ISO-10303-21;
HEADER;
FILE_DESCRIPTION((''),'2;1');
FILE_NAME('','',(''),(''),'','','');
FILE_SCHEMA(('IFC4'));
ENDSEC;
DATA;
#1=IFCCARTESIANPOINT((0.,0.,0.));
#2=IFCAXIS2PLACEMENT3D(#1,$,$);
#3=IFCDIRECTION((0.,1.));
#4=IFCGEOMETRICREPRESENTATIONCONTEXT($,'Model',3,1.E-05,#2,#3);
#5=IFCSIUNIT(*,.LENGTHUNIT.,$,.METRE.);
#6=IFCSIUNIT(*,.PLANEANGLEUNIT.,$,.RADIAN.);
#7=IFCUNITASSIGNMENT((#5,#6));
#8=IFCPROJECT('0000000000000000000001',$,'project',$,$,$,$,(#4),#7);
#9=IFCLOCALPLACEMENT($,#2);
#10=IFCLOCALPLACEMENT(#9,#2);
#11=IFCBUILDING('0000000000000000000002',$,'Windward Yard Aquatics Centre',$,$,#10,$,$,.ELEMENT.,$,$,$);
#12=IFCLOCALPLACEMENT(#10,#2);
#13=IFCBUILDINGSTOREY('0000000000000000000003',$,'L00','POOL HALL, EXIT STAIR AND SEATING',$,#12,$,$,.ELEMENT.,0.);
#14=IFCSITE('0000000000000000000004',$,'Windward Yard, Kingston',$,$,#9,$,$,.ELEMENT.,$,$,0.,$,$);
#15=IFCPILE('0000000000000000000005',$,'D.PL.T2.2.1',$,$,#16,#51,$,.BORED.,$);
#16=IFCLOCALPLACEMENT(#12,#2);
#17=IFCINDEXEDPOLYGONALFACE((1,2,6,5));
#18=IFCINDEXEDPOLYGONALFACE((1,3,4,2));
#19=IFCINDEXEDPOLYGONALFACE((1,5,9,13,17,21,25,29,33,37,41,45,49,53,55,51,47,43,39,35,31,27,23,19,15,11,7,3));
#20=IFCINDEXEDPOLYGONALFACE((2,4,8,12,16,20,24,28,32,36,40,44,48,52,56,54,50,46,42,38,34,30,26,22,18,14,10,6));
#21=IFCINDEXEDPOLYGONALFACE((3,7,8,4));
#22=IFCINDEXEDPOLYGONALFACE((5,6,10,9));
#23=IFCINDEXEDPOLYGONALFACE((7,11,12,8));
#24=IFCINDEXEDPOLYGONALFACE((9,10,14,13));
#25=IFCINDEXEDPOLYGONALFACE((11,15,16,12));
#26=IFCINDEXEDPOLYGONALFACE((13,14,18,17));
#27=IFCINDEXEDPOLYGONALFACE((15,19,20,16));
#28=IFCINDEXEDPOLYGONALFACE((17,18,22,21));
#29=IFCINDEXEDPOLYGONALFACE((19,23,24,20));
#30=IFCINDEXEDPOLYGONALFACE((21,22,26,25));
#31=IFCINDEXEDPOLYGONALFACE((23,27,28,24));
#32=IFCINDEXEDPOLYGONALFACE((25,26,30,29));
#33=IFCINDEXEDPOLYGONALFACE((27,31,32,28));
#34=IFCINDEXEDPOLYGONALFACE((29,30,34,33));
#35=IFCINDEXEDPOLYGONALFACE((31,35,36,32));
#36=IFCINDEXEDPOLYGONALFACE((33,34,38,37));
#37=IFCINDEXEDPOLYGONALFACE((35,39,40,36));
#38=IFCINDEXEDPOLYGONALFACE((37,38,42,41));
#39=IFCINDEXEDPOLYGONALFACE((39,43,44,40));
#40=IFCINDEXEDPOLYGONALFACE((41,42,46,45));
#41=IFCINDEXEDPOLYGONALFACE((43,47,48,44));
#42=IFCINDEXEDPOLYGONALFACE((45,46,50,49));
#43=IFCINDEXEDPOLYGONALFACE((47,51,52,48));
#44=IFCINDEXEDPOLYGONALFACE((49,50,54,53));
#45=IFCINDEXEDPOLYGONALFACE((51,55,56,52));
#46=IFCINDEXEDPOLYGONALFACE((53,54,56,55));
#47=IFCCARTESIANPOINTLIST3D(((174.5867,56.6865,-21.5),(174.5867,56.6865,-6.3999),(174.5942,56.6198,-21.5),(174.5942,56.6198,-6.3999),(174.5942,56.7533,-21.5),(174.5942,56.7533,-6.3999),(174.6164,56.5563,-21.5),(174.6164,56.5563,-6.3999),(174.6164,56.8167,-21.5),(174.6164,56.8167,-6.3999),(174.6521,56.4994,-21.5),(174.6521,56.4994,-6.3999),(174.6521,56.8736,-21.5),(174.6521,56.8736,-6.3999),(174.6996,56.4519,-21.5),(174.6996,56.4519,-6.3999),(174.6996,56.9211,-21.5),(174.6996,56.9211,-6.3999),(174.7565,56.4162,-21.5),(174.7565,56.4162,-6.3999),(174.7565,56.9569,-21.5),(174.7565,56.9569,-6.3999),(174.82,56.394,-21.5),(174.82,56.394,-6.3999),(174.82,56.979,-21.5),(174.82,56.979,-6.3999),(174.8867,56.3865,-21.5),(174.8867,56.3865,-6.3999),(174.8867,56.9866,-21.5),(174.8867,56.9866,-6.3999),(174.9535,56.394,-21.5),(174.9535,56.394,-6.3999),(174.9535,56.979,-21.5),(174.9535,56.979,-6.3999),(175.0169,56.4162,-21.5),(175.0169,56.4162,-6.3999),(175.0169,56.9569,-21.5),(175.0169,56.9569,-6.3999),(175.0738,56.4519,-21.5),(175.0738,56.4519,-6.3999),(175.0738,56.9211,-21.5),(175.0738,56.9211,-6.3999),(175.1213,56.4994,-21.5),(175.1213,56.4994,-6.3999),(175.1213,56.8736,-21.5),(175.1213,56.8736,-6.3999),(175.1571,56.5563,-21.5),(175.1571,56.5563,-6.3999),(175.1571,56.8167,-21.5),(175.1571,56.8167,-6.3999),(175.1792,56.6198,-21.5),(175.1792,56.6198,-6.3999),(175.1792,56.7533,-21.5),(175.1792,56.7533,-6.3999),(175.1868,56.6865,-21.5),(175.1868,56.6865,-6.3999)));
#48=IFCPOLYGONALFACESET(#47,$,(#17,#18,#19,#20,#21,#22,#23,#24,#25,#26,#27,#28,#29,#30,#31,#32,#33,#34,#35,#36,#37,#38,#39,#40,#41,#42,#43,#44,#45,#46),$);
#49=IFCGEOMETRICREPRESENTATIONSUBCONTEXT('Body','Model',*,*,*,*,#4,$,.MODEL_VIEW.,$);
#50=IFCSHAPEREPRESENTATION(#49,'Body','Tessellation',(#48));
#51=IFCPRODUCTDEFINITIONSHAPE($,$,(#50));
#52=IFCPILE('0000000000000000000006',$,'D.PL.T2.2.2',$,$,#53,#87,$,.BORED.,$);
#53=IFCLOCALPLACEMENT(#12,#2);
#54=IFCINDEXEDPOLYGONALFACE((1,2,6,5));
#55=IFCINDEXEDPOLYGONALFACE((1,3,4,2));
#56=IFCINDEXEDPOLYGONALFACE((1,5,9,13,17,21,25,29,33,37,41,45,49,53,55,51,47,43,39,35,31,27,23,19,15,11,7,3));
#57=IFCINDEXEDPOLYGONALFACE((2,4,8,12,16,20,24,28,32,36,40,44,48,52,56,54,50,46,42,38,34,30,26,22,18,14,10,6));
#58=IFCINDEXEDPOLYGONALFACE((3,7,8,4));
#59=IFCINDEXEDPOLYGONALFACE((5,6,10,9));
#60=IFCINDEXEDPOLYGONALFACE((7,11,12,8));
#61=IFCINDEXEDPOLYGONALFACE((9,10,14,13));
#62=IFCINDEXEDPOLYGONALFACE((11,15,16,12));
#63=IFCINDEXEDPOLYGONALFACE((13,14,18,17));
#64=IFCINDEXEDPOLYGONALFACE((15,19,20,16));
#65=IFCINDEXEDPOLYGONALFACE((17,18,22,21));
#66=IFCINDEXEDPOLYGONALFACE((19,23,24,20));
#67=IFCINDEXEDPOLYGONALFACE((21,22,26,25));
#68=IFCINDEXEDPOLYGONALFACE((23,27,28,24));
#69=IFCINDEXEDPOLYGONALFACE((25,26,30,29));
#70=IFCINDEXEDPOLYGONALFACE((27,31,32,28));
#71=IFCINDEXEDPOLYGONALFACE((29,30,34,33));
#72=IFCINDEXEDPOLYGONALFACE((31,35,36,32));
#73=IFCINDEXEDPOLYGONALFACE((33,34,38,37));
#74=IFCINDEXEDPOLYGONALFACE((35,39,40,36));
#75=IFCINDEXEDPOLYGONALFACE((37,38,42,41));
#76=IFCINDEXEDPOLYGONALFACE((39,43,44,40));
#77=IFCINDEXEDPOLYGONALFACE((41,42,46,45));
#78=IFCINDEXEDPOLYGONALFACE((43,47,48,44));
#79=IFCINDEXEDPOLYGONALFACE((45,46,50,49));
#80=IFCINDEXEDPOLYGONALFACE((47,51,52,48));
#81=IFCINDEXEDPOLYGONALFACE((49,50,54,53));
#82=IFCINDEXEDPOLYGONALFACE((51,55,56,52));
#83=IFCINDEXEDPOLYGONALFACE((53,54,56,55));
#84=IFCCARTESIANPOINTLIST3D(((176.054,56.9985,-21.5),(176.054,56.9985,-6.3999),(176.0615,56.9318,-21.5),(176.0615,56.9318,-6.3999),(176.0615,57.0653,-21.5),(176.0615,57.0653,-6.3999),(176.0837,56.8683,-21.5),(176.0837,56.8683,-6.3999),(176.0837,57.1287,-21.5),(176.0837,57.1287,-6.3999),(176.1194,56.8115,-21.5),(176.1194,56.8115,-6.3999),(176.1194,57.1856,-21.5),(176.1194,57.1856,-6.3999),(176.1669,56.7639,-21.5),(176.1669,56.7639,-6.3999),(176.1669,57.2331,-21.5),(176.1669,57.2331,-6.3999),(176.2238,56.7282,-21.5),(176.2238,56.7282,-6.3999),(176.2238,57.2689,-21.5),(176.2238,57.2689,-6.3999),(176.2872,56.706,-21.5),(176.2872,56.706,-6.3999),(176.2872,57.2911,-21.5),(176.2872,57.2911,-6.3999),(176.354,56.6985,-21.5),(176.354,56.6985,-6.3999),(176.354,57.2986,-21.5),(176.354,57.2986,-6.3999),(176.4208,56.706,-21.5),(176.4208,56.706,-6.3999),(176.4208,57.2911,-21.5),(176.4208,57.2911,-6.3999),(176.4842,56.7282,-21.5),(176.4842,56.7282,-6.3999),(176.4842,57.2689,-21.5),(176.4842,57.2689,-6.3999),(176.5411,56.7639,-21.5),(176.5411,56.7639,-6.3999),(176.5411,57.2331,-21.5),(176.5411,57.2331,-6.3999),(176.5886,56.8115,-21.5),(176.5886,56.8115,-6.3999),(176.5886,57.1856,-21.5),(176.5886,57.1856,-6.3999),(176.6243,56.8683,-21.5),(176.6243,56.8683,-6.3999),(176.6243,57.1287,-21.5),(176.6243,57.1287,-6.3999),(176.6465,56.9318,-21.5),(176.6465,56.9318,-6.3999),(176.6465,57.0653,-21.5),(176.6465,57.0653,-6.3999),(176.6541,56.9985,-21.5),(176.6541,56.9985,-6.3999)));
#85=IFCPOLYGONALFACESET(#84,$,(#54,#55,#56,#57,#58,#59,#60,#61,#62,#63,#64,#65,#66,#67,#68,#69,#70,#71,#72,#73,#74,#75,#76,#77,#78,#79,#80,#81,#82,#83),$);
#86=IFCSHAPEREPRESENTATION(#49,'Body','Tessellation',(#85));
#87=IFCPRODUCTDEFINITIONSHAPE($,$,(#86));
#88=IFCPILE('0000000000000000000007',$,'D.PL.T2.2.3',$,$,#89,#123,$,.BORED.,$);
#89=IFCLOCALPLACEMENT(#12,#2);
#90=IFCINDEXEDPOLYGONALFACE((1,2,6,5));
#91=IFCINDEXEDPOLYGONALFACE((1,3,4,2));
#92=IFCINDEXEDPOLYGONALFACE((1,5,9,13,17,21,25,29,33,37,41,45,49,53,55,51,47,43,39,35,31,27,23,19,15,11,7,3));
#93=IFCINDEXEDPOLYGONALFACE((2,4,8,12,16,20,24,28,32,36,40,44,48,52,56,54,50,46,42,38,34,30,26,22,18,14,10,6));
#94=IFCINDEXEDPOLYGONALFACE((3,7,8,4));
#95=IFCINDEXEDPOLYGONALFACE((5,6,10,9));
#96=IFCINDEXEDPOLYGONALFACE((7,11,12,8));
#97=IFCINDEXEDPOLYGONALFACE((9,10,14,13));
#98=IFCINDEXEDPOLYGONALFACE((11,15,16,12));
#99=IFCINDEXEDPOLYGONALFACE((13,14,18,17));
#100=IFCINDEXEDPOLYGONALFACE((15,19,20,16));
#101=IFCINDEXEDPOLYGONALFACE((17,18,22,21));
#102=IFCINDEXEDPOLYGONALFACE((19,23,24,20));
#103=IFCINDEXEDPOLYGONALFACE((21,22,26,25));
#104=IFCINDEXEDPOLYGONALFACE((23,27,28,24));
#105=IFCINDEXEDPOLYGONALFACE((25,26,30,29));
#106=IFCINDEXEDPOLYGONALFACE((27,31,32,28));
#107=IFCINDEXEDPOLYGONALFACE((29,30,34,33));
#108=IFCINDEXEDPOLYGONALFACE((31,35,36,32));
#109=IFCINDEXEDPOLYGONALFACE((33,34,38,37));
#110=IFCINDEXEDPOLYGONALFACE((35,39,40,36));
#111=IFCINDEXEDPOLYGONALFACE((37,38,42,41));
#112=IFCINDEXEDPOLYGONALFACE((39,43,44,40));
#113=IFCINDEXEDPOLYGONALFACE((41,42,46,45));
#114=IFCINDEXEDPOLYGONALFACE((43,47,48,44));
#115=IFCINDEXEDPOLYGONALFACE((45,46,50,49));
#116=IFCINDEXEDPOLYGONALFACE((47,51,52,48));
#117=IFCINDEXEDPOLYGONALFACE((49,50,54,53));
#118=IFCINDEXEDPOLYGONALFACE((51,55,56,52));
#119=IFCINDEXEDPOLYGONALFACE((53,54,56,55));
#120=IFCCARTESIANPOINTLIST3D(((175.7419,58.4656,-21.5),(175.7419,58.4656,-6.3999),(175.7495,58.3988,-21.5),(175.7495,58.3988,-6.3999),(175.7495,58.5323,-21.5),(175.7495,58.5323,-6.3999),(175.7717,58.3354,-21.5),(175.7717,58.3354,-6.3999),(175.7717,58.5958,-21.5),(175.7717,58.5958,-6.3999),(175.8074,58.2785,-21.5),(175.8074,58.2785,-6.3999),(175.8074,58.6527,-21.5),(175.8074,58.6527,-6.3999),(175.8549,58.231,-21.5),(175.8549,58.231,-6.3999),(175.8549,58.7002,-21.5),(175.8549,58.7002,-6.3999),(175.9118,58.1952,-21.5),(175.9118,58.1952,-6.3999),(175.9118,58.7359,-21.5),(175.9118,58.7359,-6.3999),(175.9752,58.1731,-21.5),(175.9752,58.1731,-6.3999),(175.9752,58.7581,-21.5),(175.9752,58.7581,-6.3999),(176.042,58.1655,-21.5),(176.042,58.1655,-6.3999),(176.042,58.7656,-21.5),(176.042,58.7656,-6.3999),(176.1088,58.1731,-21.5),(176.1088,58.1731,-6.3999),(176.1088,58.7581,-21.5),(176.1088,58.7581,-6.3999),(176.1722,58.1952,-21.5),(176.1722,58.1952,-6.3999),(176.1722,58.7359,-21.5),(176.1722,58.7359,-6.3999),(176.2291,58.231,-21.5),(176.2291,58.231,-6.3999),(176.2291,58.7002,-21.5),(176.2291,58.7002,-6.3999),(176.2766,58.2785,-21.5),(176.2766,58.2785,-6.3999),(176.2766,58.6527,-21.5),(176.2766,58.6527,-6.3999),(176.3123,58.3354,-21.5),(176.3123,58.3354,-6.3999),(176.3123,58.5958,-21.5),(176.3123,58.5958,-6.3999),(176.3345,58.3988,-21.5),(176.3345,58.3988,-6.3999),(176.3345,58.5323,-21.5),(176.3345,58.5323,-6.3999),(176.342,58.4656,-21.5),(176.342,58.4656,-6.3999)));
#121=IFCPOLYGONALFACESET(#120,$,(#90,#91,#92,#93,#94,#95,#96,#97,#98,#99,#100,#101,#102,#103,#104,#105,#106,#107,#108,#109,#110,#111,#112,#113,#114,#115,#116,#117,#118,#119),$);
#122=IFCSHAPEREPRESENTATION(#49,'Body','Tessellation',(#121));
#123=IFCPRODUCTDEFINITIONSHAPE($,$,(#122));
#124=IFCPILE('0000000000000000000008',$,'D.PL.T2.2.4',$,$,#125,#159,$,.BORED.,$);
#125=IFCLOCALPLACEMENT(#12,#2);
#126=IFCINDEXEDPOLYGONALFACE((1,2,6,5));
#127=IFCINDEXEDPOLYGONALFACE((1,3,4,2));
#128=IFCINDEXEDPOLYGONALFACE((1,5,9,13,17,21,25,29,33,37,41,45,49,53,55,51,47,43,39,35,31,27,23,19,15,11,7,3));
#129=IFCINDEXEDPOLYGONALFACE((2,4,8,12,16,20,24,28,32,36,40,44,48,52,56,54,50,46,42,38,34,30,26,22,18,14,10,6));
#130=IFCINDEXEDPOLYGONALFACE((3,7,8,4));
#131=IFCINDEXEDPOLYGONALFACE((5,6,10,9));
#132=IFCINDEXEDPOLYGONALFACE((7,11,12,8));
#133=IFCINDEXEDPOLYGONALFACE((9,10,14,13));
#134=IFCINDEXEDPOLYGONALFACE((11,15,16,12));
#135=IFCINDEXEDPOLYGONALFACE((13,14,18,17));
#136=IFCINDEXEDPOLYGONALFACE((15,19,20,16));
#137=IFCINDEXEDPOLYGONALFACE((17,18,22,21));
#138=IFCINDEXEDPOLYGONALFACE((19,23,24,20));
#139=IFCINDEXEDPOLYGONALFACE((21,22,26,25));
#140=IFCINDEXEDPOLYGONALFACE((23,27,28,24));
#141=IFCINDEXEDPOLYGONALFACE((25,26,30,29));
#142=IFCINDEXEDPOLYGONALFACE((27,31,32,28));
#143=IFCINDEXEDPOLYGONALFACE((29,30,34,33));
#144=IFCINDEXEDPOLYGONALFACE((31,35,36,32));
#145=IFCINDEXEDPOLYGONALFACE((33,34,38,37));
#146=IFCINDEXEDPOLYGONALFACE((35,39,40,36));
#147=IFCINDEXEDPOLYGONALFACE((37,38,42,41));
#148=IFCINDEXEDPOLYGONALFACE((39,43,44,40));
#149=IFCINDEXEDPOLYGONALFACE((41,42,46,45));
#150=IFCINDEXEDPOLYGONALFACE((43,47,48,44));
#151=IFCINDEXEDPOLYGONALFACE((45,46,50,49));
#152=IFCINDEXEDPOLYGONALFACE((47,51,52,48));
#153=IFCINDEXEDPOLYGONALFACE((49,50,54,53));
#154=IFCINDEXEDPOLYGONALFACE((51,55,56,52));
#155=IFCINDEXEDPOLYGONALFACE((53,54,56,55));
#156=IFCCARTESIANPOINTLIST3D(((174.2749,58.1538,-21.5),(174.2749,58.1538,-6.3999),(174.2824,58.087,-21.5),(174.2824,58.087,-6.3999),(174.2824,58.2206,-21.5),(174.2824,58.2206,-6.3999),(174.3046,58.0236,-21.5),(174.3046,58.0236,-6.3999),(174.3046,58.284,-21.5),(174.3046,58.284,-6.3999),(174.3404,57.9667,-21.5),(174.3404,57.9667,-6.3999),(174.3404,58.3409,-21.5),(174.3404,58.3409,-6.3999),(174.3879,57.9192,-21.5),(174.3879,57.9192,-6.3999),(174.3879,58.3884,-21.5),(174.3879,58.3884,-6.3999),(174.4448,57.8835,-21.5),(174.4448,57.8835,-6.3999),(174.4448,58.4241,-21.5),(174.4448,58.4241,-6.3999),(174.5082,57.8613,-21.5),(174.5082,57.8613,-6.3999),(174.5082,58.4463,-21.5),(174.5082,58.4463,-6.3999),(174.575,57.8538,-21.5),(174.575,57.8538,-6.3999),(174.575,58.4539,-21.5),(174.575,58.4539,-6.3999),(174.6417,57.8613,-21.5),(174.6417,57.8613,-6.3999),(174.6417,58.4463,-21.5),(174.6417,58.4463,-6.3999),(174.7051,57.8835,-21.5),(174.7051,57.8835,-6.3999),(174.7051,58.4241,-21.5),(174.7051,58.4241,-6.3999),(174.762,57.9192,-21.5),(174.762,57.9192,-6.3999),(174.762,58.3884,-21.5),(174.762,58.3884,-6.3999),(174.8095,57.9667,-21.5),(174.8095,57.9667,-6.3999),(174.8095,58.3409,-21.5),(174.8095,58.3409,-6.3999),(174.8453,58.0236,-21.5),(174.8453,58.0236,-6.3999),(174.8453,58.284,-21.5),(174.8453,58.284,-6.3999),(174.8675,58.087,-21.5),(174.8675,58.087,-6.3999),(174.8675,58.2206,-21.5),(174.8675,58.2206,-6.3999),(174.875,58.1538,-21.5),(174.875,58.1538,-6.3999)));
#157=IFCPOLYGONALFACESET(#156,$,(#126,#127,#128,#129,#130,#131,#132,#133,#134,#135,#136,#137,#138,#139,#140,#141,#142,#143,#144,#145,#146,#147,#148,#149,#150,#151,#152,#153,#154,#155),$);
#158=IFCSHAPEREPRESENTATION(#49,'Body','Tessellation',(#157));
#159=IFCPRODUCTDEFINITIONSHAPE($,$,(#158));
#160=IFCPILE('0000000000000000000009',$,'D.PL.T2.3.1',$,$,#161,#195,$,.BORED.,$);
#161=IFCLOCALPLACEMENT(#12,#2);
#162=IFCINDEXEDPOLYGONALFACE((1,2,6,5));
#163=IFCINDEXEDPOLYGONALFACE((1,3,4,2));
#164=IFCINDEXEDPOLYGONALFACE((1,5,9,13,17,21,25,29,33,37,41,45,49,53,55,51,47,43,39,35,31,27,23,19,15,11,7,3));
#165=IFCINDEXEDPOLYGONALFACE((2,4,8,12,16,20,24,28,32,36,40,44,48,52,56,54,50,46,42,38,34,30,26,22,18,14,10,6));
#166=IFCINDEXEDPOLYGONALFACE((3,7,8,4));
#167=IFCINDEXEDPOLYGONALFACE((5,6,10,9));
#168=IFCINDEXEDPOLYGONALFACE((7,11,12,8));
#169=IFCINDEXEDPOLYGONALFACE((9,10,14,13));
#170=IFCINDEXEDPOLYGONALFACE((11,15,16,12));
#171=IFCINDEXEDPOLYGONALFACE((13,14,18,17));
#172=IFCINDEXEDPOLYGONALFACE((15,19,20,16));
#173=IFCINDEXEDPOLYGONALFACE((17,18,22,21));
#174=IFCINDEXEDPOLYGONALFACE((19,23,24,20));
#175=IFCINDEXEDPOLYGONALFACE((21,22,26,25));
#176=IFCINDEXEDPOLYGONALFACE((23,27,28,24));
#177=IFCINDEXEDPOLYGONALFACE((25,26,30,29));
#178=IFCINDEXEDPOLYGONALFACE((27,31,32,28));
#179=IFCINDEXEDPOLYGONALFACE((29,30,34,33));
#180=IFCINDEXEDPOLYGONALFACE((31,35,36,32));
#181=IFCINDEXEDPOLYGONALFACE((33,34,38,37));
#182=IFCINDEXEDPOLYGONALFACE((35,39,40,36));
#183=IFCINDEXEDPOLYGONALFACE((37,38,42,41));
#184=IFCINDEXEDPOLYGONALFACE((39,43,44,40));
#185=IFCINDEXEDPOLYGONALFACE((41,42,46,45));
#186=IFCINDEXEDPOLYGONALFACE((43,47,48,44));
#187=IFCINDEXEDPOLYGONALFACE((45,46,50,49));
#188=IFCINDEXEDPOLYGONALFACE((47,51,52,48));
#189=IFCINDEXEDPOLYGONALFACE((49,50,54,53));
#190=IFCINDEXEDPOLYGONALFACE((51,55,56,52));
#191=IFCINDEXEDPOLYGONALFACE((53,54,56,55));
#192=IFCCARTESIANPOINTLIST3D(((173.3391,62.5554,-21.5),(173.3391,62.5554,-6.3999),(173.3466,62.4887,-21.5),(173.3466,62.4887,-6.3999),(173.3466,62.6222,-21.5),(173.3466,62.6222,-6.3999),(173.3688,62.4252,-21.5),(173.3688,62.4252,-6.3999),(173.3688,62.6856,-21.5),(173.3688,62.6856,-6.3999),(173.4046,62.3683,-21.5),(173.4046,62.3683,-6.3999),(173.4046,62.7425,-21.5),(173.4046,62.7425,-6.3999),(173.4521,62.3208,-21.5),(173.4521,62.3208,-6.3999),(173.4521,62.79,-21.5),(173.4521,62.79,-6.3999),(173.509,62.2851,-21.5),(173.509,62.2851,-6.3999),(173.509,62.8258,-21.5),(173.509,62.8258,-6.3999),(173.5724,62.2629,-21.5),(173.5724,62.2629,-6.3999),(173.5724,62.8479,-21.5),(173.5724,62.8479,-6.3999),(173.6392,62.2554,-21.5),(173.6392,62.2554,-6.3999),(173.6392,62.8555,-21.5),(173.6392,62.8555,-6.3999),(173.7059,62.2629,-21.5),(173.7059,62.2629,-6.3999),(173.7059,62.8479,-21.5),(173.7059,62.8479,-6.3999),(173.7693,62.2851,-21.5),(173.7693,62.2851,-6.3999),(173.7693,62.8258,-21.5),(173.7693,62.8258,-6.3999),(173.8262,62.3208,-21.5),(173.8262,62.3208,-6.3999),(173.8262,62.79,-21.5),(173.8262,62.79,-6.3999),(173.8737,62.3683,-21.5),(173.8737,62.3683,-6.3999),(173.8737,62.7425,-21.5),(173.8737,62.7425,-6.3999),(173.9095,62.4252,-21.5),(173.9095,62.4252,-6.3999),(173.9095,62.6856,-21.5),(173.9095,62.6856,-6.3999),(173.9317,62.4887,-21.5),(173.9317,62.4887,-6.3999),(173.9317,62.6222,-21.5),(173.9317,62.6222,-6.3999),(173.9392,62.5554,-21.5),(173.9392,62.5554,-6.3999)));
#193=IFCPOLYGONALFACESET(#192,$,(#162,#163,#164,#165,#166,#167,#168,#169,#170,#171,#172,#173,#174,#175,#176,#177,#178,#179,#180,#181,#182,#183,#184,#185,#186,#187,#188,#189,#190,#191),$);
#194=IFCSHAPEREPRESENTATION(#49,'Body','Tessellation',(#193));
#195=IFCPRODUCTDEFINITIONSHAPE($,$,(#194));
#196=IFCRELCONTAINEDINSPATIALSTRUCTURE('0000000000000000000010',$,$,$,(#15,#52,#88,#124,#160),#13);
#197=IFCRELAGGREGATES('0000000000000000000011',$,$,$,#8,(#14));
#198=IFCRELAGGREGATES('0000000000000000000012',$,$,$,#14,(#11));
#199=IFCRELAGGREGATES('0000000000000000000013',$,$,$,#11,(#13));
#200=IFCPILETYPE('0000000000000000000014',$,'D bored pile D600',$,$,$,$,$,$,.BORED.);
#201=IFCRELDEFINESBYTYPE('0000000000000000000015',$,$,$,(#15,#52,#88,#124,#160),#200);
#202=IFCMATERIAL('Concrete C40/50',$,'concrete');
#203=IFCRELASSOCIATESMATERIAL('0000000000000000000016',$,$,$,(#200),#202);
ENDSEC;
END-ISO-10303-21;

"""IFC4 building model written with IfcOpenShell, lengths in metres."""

from ifc_helpers import new_model, si_unit, direction, frame, origin, origin_2d, place, context, subcontext, project, spatial, circle, extrude, material, material_profile, profile_set, type_object, element, save


model = new_model("IFC4")

# Units and contexts
model_context = context("Model", 3, precision=1e-05, world=origin(), true_north=direction((0.0, 1.0)))
body_context = subcontext(model_context, "Body", "Model", "MODEL_VIEW")
ifc_project = project(units=[si_unit("LENGTHUNIT", "METRE"), si_unit("PLANEANGLEUNIT", "RADIAN")], contexts=[model_context])

# Site, building, storey
site_placement = place(None, origin())
site = spatial("IfcSite", under=ifc_project, at=site_placement, Name="Windward Yard, Kingston", CompositionType="ELEMENT", RefElevation=0.0)
building_placement = place(site_placement, origin())
building = spatial("IfcBuilding", under=site, at=building_placement, Name="Windward Yard Aquatics Centre", CompositionType="ELEMENT")
storey_placement = place(building_placement, origin())
storey = spatial("IfcBuildingStorey", under=building, at=storey_placement, Name="L00", Description="POOL HALL, EXIT STAIR AND SEATING", CompositionType="ELEMENT", Elevation=0.0)

# Piles
ifc_material_1 = material(Name="Concrete C40/50", Category="concrete")
ifc_material_profile_1 = material_profile(ifc_material_1, circle(Radius=0.3, at=origin_2d()), Name="RC D600")
ifc_profile_set_1 = profile_set([ifc_material_profile_1], Name="Concrete C40/50")
pile_type = type_object("IfcPileType", Name="D bored pile D600", PredefinedType="BORED", material=ifc_profile_set_1)
for number, where, z_axis, x_axis, name in (
    (1, (174.8867, 56.6865, -6.3999), (0.0, 0.0, -1.0), (1.0, 0.0, 0.0), "D.PL.T2.2.1"),
    (2, (176.354, 56.9985, -6.3999), (0.0, 0.0, -1.0), (1.0, 0.0, 0.0), "D.PL.T2.2.2"),
    (3, (176.042, 58.4656, -6.3999), (0.0, 0.0, -1.0), (1.0, 0.0, 0.0), "D.PL.T2.2.3"),
    (4, (174.575, 58.1538, -6.3999), (0.0, 0.0, -1.0), (1.0, 0.0, 0.0), "D.PL.T2.2.4"),
    (5, (173.6392, 62.5554, -6.3999), (0.0, 0.0, -1.0), (1.0, 0.0, 0.0), "D.PL.T2.3.1"),
):
    element("IfcPile", number, at=place(storey_placement, frame(where, z_axis=z_axis, x_axis=x_axis)), inside=storey, type_object=pile_type, Name=name, PredefinedType="BORED", context=body_context, shape_type="SweptSolid", body=[
        extrude(circle(Radius=0.3, at=origin_2d()), origin(), (0.0, 0.0, 1.0), 15.1001),
    ])

save(model, "model.ifc")
